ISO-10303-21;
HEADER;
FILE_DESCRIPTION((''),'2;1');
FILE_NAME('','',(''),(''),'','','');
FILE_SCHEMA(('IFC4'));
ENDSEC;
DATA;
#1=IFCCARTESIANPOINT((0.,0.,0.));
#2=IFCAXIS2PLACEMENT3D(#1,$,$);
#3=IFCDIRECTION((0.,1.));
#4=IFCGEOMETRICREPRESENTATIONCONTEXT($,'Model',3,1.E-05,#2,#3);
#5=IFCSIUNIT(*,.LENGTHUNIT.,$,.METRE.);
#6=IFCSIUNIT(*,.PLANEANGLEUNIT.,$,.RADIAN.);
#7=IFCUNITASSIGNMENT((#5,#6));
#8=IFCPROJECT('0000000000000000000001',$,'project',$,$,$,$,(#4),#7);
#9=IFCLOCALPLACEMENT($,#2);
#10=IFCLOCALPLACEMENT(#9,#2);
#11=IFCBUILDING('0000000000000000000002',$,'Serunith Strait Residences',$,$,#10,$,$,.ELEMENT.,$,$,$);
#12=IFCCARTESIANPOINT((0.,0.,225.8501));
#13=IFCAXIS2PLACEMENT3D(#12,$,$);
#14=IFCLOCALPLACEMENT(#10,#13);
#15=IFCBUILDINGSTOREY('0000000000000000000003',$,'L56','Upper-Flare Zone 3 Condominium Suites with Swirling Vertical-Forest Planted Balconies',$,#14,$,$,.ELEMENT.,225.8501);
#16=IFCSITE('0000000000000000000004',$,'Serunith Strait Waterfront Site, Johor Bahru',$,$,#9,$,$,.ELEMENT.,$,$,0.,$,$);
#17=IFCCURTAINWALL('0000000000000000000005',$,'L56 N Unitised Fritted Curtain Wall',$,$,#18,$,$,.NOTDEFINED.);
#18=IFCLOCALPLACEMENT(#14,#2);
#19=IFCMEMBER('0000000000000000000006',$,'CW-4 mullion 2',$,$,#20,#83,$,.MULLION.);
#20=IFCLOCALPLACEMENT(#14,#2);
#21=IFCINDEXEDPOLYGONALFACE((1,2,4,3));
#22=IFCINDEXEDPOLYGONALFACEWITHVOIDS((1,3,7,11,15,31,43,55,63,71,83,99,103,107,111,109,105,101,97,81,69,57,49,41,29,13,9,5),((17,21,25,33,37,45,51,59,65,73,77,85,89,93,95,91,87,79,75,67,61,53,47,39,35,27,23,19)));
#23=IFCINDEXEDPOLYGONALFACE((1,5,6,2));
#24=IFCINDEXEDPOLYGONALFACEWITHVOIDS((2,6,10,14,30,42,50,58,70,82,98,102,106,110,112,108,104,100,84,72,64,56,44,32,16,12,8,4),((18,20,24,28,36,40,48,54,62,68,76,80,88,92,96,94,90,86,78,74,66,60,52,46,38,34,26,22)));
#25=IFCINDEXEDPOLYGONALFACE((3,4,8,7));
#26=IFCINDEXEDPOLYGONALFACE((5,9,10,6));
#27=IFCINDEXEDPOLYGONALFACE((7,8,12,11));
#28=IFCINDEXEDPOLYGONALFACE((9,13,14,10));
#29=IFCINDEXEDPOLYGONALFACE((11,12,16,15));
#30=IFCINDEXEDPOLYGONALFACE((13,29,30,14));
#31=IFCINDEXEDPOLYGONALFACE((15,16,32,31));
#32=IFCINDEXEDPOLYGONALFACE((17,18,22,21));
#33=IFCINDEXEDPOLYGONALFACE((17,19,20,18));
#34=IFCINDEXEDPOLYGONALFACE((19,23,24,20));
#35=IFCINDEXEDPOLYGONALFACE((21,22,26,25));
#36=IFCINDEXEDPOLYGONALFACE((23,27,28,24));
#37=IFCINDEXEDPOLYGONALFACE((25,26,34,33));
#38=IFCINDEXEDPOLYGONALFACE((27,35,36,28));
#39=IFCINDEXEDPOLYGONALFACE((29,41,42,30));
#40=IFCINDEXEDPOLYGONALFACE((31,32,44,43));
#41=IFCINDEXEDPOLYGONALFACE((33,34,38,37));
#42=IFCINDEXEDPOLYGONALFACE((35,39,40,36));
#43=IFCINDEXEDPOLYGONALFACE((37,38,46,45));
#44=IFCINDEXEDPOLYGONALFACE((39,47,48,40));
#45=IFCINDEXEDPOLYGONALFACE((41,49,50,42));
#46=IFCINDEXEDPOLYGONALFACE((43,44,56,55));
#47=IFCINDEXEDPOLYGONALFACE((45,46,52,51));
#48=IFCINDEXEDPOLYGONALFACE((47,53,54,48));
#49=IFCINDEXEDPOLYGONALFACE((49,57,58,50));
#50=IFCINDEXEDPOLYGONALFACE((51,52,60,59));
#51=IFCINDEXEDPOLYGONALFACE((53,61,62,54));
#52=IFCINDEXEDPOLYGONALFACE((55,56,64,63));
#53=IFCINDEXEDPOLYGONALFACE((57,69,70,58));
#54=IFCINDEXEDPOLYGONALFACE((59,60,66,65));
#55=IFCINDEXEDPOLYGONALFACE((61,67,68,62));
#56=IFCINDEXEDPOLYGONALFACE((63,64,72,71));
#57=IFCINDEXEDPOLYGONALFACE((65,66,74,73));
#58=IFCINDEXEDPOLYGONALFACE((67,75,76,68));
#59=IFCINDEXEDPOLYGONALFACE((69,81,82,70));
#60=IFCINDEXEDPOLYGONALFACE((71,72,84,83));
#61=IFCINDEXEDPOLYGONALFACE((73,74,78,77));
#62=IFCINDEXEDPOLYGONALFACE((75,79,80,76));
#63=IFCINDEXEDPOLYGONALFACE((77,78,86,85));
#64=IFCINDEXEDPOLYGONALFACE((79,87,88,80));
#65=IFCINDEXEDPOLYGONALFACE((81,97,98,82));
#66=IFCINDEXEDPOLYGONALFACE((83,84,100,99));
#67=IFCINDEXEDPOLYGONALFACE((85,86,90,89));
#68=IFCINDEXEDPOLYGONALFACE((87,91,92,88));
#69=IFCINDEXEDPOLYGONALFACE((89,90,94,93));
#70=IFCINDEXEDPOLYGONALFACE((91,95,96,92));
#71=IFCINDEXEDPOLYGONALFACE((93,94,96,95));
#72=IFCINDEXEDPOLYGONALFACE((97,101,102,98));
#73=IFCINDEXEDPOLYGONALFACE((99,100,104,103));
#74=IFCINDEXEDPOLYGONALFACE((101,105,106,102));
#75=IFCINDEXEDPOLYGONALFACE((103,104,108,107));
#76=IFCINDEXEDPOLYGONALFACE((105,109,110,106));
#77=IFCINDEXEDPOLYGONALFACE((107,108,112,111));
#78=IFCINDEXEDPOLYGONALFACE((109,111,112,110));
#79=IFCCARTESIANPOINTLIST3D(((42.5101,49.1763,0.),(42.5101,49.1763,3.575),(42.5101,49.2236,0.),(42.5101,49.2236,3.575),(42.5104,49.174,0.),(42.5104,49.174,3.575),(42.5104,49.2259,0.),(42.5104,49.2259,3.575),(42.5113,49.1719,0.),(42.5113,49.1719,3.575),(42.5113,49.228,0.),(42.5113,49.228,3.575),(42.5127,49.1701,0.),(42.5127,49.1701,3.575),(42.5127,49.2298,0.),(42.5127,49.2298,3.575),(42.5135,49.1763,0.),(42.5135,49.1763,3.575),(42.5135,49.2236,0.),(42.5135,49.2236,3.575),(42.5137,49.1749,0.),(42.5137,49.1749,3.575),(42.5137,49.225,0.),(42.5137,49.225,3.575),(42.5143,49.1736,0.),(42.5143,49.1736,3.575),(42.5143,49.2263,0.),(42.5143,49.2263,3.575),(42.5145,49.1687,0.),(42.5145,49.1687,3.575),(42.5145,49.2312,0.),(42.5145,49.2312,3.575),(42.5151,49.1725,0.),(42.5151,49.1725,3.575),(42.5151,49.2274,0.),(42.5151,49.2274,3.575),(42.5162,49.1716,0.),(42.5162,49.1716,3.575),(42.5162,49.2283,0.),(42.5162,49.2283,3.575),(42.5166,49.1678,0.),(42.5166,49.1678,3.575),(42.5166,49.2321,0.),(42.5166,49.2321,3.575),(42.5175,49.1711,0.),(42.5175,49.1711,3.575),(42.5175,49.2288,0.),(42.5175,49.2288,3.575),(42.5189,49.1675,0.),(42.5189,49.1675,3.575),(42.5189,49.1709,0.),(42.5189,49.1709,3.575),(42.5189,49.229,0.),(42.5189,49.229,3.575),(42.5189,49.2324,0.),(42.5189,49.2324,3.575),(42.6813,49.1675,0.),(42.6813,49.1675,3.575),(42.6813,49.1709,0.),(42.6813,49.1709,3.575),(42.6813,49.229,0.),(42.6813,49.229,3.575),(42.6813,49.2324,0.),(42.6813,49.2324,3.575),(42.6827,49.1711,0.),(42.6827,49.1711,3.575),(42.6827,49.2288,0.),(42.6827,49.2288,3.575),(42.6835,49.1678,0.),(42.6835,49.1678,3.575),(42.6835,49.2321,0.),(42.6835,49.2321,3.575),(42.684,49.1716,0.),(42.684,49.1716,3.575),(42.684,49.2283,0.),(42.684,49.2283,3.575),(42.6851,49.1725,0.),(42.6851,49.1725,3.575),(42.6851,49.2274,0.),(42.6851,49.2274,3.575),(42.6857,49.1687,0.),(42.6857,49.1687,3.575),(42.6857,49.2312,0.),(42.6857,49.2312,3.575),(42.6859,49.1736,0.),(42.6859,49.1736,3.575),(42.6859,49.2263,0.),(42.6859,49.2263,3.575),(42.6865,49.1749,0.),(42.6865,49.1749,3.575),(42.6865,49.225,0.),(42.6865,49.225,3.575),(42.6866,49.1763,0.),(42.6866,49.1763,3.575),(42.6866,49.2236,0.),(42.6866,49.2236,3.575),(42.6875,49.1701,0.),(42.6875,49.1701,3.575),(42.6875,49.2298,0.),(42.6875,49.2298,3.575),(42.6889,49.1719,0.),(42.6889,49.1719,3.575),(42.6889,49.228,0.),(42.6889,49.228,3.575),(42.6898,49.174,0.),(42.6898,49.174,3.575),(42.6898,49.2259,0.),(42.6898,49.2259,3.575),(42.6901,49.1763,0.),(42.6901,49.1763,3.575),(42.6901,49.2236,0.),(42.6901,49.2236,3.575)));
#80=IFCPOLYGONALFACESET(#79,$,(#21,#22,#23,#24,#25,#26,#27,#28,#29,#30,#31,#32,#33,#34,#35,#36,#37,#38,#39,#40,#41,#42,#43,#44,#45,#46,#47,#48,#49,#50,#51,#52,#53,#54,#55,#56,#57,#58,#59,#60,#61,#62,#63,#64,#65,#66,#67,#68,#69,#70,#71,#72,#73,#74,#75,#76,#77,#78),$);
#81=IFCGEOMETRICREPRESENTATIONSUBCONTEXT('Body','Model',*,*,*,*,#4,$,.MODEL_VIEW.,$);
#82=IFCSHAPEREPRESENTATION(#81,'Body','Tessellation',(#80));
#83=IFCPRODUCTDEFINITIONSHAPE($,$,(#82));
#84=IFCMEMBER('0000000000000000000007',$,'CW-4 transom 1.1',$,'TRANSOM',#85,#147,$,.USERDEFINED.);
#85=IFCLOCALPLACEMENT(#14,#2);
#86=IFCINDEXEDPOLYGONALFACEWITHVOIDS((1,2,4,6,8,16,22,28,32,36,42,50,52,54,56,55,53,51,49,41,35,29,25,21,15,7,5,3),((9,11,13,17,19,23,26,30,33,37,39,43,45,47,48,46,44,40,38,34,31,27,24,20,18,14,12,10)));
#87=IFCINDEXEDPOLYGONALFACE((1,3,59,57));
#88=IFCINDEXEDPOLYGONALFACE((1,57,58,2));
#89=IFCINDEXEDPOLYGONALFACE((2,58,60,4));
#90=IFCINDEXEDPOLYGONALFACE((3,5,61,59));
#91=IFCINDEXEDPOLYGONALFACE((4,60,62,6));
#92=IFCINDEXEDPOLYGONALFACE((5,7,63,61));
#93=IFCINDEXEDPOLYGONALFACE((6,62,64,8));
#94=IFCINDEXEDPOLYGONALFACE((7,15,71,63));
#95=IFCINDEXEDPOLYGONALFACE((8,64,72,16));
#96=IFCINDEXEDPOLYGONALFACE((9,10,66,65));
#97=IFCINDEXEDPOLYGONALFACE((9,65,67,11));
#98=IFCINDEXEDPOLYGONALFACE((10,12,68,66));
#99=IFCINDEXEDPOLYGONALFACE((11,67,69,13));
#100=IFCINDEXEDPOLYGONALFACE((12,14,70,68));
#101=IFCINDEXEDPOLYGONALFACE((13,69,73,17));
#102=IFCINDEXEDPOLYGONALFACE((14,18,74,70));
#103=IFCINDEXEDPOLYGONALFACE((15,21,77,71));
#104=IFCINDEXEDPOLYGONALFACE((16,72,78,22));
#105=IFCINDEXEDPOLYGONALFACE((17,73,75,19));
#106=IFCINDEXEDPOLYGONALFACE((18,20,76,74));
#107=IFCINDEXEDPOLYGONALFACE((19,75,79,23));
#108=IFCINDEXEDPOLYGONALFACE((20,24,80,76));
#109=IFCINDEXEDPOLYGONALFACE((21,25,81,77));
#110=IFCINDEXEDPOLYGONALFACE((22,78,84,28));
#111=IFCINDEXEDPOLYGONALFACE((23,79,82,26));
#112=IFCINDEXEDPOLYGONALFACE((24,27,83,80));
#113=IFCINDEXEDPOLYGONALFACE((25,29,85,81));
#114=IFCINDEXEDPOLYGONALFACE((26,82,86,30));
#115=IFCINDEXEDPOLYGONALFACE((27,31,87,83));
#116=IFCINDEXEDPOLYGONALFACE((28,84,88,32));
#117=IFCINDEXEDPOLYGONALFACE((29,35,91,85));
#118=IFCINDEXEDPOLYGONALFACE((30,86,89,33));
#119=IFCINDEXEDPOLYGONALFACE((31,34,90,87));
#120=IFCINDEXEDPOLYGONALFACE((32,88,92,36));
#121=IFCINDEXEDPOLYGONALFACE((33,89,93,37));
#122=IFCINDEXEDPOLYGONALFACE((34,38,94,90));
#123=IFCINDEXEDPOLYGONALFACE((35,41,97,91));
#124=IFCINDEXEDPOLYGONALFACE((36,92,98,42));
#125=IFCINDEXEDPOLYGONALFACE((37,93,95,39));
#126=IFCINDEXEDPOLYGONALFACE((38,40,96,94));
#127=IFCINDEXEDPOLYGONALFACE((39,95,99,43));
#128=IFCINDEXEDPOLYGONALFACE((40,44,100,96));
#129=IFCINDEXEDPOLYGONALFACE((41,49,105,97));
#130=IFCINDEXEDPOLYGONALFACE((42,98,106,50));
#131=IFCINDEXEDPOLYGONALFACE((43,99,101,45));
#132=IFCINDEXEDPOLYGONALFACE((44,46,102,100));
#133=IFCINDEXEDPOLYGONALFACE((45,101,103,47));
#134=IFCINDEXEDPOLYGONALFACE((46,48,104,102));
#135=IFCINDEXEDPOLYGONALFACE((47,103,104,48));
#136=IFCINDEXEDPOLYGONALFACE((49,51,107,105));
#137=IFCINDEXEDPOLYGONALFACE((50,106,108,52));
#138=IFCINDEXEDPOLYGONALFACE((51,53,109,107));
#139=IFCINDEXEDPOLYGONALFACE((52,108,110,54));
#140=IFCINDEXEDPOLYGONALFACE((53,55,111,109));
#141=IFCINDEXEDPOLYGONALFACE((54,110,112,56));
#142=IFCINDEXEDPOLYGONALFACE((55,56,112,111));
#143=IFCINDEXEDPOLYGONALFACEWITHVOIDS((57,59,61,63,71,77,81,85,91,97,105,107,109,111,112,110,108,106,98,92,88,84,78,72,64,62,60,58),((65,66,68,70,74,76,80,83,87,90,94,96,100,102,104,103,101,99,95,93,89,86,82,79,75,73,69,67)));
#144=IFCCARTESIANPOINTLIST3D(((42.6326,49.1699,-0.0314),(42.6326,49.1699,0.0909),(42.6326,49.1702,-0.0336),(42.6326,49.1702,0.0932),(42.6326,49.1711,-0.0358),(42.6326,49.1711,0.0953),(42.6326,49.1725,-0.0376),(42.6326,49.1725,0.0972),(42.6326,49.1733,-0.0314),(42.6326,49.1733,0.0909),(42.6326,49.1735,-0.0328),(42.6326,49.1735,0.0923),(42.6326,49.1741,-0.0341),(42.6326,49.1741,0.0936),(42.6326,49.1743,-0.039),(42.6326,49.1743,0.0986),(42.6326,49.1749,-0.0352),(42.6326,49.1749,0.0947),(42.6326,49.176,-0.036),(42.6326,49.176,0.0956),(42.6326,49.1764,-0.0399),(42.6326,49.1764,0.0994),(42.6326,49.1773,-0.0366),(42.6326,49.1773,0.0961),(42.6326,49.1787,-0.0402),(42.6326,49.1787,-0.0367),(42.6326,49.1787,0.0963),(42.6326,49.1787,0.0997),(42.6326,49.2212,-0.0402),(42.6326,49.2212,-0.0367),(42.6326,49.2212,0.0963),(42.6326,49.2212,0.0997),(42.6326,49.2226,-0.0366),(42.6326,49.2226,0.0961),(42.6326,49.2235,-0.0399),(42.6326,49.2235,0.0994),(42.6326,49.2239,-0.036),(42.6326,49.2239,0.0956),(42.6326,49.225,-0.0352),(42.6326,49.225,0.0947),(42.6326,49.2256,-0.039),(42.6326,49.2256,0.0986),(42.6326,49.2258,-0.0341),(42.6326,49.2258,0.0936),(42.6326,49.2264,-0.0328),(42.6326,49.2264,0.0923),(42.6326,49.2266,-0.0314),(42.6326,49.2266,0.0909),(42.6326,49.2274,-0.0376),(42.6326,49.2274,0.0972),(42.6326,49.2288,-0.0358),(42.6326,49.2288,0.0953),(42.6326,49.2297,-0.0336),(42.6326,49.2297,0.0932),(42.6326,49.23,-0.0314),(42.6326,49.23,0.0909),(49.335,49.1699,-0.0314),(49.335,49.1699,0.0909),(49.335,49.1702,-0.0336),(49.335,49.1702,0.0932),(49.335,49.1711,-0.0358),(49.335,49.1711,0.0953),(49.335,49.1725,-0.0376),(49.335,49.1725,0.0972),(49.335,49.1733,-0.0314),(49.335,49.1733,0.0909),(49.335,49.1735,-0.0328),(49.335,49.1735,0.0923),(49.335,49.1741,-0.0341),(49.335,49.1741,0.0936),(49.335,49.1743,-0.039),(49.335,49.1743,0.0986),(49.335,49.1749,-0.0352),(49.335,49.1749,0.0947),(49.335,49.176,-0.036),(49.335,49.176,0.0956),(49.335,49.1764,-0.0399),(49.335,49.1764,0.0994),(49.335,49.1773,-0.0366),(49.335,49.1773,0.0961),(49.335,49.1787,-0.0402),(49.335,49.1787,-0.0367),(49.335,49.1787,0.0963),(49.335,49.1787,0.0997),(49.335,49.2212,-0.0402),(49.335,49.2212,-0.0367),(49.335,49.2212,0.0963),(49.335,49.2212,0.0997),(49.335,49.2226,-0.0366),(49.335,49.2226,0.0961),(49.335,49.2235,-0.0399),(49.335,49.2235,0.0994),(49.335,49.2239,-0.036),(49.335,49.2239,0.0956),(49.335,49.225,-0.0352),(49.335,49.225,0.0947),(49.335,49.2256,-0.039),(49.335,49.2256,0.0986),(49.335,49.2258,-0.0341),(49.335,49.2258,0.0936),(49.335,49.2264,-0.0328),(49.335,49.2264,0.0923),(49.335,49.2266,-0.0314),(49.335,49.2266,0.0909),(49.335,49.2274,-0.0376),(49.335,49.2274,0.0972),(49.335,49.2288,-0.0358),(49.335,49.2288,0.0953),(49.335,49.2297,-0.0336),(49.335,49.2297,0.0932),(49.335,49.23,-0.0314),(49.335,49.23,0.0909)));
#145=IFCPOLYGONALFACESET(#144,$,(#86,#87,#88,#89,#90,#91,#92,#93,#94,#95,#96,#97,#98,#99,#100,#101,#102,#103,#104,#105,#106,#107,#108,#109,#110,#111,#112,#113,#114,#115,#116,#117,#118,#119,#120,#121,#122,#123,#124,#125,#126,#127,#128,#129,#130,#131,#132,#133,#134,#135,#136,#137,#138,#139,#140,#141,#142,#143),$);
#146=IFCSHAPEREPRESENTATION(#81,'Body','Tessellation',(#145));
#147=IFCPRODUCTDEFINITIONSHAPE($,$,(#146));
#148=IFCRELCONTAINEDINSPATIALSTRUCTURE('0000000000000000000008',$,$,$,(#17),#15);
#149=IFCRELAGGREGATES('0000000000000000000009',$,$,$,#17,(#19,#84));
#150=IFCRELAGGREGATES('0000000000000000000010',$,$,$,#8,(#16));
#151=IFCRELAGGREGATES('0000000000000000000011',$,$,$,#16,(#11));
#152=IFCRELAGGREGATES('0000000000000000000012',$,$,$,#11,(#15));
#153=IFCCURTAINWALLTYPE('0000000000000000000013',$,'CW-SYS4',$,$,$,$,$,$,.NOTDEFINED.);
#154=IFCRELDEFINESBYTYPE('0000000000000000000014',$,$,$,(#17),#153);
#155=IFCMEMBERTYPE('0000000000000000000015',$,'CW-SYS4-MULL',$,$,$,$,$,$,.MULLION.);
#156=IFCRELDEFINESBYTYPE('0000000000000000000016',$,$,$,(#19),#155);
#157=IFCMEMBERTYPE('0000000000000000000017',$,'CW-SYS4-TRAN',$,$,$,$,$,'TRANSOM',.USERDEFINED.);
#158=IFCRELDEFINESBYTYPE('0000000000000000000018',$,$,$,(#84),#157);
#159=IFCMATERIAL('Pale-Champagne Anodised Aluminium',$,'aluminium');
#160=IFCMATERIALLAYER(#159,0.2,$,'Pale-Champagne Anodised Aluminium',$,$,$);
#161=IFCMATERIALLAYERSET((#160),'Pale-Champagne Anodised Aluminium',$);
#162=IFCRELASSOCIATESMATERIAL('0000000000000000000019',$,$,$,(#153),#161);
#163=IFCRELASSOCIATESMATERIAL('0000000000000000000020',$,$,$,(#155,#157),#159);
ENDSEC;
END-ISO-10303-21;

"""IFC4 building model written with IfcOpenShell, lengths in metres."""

from ifc_helpers import new_model, si_unit, direction, frame, origin, origin_2d, place, context, subcontext, project, spatial, hollow_rectangle, extrude, source, transform, mapped, material, layer, layer_set, material_profile, profile_set, type_object, element, aggregate, save


model = new_model("IFC4")

# Units and contexts
model_context = context("Model", 3, precision=1e-05, world=origin(), true_north=direction((0.0, 1.0)))
body_context = subcontext(model_context, "Body", "Model", "MODEL_VIEW")
ifc_project = project(units=[si_unit("LENGTHUNIT", "METRE"), si_unit("PLANEANGLEUNIT", "RADIAN")], contexts=[model_context])

# Site, building, storey
site_placement = place(None, origin())
site = spatial("IfcSite", under=ifc_project, at=site_placement, Name="Serunith Strait Waterfront Site, Johor Bahru", CompositionType="ELEMENT", RefElevation=0.0)
building_placement = place(site_placement, origin())
building = spatial("IfcBuilding", under=site, at=building_placement, Name="Serunith Strait Residences", CompositionType="ELEMENT")
storey_placement = place(building_placement, frame((0.0, 0.0, 225.8501)))
storey = spatial("IfcBuildingStorey", under=building, at=storey_placement, Name="L56", Description="Upper-Flare Zone 3 Condominium Suites with Swirling Vertical-Forest Planted Balconies", CompositionType="ELEMENT", Elevation=225.8501)

# Shared definitions
ifc_material_1 = material(Name="Pale-Champagne Anodised Aluminium", Category="aluminium")
ifc_layer_1 = layer(ifc_material_1, 0.2, Name="Pale-Champagne Anodised Aluminium")
ifc_layer_set_1 = layer_set([ifc_layer_1], Name="Pale-Champagne Anodised Aluminium")
curtain_wall_type = type_object("IfcCurtainWallType", Name="CW-SYS4", PredefinedType="NOTDEFINED", material=ifc_layer_set_1)
ifc_material_profile_1 = material_profile(ifc_material_1, hollow_rectangle(XDim=0.0649, YDim=0.1799, WallThickness=0.0034, InnerFilletRadius=0.0054, OuterFilletRadius=0.0088, at=origin_2d()), Name="ALU 180x65x3.5")
ifc_profile_set_1 = profile_set([ifc_material_profile_1], Name="Pale-Champagne Anodised Aluminium")
member_type_1 = type_object("IfcMemberType", Name="CW-SYS4-MULL", PredefinedType="MULLION", material=ifc_profile_set_1)
shared_shape_1 = source(origin(), body_context, "Body", "SweptSolid", [
    extrude(hollow_rectangle(XDim=0.0649, YDim=0.1799, WallThickness=0.0034, InnerFilletRadius=0.0054, OuterFilletRadius=0.0088, at=origin_2d()), origin(), (0.0, 0.0, 1.0), 3.575),
])

# Curtain wall, members
curtain_wall_1_placement = place(storey_placement, origin())
curtain_wall_1 = element("IfcCurtainWall", 1, at=curtain_wall_1_placement, inside=storey, type_object=curtain_wall_type, Name="L56 N Unitised Fritted Curtain Wall", PredefinedType="NOTDEFINED")
member_1_placement = place(storey_placement, frame((42.6001, 49.2, 0.0), z_axis=(0.0, 0.0, 1.0), x_axis=(0.0, -1.0, 0.0)))
member_1 = element("IfcMember", 2, at=member_1_placement, type_object=member_type_1, Name="CW-4 mullion 2", PredefinedType="MULLION", context=body_context, shape_type="MappedRepresentation", body=[
    mapped(shared_shape_1, transform((0.0, 0.0, 0.0), scale=1.0)),
])
ifc_material_profile_2 = material_profile(ifc_material_1, hollow_rectangle(XDim=0.0601, YDim=0.1399, WallThickness=0.0034, InnerFilletRadius=0.0054, OuterFilletRadius=0.0088, at=origin_2d()), Name="ALU 140x60x3.5")
ifc_profile_set_2 = profile_set([ifc_material_profile_2], Name="Pale-Champagne Anodised Aluminium")
member_type_2 = type_object("IfcMemberType", Name="CW-SYS4-TRAN", ElementType="TRANSOM", PredefinedType="USERDEFINED", material=ifc_profile_set_2)
shared_shape_2 = source(origin(), body_context, "Body", "SweptSolid", [
    extrude(hollow_rectangle(XDim=0.0601, YDim=0.1399, WallThickness=0.0034, InnerFilletRadius=0.0054, OuterFilletRadius=0.0088, at=origin_2d()), origin(), (0.0, 0.0, 1.0), 6.7024),
])
member_2_placement = place(storey_placement, frame((49.335, 49.2, 0.0298), z_axis=(-1.0, 0.0, 0.0), x_axis=(0.0, -1.0, 0.0)))
member_2 = element("IfcMember", 3, at=member_2_placement, type_object=member_type_2, Name="CW-4 transom 1.1", ObjectType="TRANSOM", PredefinedType="USERDEFINED", context=body_context, shape_type="MappedRepresentation", body=[
    mapped(shared_shape_2, transform((0.0, 0.0, 0.0), scale=1.0)),
])
aggregate(curtain_wall_1, [member_1, member_2])

save(model, "model.ifc")
